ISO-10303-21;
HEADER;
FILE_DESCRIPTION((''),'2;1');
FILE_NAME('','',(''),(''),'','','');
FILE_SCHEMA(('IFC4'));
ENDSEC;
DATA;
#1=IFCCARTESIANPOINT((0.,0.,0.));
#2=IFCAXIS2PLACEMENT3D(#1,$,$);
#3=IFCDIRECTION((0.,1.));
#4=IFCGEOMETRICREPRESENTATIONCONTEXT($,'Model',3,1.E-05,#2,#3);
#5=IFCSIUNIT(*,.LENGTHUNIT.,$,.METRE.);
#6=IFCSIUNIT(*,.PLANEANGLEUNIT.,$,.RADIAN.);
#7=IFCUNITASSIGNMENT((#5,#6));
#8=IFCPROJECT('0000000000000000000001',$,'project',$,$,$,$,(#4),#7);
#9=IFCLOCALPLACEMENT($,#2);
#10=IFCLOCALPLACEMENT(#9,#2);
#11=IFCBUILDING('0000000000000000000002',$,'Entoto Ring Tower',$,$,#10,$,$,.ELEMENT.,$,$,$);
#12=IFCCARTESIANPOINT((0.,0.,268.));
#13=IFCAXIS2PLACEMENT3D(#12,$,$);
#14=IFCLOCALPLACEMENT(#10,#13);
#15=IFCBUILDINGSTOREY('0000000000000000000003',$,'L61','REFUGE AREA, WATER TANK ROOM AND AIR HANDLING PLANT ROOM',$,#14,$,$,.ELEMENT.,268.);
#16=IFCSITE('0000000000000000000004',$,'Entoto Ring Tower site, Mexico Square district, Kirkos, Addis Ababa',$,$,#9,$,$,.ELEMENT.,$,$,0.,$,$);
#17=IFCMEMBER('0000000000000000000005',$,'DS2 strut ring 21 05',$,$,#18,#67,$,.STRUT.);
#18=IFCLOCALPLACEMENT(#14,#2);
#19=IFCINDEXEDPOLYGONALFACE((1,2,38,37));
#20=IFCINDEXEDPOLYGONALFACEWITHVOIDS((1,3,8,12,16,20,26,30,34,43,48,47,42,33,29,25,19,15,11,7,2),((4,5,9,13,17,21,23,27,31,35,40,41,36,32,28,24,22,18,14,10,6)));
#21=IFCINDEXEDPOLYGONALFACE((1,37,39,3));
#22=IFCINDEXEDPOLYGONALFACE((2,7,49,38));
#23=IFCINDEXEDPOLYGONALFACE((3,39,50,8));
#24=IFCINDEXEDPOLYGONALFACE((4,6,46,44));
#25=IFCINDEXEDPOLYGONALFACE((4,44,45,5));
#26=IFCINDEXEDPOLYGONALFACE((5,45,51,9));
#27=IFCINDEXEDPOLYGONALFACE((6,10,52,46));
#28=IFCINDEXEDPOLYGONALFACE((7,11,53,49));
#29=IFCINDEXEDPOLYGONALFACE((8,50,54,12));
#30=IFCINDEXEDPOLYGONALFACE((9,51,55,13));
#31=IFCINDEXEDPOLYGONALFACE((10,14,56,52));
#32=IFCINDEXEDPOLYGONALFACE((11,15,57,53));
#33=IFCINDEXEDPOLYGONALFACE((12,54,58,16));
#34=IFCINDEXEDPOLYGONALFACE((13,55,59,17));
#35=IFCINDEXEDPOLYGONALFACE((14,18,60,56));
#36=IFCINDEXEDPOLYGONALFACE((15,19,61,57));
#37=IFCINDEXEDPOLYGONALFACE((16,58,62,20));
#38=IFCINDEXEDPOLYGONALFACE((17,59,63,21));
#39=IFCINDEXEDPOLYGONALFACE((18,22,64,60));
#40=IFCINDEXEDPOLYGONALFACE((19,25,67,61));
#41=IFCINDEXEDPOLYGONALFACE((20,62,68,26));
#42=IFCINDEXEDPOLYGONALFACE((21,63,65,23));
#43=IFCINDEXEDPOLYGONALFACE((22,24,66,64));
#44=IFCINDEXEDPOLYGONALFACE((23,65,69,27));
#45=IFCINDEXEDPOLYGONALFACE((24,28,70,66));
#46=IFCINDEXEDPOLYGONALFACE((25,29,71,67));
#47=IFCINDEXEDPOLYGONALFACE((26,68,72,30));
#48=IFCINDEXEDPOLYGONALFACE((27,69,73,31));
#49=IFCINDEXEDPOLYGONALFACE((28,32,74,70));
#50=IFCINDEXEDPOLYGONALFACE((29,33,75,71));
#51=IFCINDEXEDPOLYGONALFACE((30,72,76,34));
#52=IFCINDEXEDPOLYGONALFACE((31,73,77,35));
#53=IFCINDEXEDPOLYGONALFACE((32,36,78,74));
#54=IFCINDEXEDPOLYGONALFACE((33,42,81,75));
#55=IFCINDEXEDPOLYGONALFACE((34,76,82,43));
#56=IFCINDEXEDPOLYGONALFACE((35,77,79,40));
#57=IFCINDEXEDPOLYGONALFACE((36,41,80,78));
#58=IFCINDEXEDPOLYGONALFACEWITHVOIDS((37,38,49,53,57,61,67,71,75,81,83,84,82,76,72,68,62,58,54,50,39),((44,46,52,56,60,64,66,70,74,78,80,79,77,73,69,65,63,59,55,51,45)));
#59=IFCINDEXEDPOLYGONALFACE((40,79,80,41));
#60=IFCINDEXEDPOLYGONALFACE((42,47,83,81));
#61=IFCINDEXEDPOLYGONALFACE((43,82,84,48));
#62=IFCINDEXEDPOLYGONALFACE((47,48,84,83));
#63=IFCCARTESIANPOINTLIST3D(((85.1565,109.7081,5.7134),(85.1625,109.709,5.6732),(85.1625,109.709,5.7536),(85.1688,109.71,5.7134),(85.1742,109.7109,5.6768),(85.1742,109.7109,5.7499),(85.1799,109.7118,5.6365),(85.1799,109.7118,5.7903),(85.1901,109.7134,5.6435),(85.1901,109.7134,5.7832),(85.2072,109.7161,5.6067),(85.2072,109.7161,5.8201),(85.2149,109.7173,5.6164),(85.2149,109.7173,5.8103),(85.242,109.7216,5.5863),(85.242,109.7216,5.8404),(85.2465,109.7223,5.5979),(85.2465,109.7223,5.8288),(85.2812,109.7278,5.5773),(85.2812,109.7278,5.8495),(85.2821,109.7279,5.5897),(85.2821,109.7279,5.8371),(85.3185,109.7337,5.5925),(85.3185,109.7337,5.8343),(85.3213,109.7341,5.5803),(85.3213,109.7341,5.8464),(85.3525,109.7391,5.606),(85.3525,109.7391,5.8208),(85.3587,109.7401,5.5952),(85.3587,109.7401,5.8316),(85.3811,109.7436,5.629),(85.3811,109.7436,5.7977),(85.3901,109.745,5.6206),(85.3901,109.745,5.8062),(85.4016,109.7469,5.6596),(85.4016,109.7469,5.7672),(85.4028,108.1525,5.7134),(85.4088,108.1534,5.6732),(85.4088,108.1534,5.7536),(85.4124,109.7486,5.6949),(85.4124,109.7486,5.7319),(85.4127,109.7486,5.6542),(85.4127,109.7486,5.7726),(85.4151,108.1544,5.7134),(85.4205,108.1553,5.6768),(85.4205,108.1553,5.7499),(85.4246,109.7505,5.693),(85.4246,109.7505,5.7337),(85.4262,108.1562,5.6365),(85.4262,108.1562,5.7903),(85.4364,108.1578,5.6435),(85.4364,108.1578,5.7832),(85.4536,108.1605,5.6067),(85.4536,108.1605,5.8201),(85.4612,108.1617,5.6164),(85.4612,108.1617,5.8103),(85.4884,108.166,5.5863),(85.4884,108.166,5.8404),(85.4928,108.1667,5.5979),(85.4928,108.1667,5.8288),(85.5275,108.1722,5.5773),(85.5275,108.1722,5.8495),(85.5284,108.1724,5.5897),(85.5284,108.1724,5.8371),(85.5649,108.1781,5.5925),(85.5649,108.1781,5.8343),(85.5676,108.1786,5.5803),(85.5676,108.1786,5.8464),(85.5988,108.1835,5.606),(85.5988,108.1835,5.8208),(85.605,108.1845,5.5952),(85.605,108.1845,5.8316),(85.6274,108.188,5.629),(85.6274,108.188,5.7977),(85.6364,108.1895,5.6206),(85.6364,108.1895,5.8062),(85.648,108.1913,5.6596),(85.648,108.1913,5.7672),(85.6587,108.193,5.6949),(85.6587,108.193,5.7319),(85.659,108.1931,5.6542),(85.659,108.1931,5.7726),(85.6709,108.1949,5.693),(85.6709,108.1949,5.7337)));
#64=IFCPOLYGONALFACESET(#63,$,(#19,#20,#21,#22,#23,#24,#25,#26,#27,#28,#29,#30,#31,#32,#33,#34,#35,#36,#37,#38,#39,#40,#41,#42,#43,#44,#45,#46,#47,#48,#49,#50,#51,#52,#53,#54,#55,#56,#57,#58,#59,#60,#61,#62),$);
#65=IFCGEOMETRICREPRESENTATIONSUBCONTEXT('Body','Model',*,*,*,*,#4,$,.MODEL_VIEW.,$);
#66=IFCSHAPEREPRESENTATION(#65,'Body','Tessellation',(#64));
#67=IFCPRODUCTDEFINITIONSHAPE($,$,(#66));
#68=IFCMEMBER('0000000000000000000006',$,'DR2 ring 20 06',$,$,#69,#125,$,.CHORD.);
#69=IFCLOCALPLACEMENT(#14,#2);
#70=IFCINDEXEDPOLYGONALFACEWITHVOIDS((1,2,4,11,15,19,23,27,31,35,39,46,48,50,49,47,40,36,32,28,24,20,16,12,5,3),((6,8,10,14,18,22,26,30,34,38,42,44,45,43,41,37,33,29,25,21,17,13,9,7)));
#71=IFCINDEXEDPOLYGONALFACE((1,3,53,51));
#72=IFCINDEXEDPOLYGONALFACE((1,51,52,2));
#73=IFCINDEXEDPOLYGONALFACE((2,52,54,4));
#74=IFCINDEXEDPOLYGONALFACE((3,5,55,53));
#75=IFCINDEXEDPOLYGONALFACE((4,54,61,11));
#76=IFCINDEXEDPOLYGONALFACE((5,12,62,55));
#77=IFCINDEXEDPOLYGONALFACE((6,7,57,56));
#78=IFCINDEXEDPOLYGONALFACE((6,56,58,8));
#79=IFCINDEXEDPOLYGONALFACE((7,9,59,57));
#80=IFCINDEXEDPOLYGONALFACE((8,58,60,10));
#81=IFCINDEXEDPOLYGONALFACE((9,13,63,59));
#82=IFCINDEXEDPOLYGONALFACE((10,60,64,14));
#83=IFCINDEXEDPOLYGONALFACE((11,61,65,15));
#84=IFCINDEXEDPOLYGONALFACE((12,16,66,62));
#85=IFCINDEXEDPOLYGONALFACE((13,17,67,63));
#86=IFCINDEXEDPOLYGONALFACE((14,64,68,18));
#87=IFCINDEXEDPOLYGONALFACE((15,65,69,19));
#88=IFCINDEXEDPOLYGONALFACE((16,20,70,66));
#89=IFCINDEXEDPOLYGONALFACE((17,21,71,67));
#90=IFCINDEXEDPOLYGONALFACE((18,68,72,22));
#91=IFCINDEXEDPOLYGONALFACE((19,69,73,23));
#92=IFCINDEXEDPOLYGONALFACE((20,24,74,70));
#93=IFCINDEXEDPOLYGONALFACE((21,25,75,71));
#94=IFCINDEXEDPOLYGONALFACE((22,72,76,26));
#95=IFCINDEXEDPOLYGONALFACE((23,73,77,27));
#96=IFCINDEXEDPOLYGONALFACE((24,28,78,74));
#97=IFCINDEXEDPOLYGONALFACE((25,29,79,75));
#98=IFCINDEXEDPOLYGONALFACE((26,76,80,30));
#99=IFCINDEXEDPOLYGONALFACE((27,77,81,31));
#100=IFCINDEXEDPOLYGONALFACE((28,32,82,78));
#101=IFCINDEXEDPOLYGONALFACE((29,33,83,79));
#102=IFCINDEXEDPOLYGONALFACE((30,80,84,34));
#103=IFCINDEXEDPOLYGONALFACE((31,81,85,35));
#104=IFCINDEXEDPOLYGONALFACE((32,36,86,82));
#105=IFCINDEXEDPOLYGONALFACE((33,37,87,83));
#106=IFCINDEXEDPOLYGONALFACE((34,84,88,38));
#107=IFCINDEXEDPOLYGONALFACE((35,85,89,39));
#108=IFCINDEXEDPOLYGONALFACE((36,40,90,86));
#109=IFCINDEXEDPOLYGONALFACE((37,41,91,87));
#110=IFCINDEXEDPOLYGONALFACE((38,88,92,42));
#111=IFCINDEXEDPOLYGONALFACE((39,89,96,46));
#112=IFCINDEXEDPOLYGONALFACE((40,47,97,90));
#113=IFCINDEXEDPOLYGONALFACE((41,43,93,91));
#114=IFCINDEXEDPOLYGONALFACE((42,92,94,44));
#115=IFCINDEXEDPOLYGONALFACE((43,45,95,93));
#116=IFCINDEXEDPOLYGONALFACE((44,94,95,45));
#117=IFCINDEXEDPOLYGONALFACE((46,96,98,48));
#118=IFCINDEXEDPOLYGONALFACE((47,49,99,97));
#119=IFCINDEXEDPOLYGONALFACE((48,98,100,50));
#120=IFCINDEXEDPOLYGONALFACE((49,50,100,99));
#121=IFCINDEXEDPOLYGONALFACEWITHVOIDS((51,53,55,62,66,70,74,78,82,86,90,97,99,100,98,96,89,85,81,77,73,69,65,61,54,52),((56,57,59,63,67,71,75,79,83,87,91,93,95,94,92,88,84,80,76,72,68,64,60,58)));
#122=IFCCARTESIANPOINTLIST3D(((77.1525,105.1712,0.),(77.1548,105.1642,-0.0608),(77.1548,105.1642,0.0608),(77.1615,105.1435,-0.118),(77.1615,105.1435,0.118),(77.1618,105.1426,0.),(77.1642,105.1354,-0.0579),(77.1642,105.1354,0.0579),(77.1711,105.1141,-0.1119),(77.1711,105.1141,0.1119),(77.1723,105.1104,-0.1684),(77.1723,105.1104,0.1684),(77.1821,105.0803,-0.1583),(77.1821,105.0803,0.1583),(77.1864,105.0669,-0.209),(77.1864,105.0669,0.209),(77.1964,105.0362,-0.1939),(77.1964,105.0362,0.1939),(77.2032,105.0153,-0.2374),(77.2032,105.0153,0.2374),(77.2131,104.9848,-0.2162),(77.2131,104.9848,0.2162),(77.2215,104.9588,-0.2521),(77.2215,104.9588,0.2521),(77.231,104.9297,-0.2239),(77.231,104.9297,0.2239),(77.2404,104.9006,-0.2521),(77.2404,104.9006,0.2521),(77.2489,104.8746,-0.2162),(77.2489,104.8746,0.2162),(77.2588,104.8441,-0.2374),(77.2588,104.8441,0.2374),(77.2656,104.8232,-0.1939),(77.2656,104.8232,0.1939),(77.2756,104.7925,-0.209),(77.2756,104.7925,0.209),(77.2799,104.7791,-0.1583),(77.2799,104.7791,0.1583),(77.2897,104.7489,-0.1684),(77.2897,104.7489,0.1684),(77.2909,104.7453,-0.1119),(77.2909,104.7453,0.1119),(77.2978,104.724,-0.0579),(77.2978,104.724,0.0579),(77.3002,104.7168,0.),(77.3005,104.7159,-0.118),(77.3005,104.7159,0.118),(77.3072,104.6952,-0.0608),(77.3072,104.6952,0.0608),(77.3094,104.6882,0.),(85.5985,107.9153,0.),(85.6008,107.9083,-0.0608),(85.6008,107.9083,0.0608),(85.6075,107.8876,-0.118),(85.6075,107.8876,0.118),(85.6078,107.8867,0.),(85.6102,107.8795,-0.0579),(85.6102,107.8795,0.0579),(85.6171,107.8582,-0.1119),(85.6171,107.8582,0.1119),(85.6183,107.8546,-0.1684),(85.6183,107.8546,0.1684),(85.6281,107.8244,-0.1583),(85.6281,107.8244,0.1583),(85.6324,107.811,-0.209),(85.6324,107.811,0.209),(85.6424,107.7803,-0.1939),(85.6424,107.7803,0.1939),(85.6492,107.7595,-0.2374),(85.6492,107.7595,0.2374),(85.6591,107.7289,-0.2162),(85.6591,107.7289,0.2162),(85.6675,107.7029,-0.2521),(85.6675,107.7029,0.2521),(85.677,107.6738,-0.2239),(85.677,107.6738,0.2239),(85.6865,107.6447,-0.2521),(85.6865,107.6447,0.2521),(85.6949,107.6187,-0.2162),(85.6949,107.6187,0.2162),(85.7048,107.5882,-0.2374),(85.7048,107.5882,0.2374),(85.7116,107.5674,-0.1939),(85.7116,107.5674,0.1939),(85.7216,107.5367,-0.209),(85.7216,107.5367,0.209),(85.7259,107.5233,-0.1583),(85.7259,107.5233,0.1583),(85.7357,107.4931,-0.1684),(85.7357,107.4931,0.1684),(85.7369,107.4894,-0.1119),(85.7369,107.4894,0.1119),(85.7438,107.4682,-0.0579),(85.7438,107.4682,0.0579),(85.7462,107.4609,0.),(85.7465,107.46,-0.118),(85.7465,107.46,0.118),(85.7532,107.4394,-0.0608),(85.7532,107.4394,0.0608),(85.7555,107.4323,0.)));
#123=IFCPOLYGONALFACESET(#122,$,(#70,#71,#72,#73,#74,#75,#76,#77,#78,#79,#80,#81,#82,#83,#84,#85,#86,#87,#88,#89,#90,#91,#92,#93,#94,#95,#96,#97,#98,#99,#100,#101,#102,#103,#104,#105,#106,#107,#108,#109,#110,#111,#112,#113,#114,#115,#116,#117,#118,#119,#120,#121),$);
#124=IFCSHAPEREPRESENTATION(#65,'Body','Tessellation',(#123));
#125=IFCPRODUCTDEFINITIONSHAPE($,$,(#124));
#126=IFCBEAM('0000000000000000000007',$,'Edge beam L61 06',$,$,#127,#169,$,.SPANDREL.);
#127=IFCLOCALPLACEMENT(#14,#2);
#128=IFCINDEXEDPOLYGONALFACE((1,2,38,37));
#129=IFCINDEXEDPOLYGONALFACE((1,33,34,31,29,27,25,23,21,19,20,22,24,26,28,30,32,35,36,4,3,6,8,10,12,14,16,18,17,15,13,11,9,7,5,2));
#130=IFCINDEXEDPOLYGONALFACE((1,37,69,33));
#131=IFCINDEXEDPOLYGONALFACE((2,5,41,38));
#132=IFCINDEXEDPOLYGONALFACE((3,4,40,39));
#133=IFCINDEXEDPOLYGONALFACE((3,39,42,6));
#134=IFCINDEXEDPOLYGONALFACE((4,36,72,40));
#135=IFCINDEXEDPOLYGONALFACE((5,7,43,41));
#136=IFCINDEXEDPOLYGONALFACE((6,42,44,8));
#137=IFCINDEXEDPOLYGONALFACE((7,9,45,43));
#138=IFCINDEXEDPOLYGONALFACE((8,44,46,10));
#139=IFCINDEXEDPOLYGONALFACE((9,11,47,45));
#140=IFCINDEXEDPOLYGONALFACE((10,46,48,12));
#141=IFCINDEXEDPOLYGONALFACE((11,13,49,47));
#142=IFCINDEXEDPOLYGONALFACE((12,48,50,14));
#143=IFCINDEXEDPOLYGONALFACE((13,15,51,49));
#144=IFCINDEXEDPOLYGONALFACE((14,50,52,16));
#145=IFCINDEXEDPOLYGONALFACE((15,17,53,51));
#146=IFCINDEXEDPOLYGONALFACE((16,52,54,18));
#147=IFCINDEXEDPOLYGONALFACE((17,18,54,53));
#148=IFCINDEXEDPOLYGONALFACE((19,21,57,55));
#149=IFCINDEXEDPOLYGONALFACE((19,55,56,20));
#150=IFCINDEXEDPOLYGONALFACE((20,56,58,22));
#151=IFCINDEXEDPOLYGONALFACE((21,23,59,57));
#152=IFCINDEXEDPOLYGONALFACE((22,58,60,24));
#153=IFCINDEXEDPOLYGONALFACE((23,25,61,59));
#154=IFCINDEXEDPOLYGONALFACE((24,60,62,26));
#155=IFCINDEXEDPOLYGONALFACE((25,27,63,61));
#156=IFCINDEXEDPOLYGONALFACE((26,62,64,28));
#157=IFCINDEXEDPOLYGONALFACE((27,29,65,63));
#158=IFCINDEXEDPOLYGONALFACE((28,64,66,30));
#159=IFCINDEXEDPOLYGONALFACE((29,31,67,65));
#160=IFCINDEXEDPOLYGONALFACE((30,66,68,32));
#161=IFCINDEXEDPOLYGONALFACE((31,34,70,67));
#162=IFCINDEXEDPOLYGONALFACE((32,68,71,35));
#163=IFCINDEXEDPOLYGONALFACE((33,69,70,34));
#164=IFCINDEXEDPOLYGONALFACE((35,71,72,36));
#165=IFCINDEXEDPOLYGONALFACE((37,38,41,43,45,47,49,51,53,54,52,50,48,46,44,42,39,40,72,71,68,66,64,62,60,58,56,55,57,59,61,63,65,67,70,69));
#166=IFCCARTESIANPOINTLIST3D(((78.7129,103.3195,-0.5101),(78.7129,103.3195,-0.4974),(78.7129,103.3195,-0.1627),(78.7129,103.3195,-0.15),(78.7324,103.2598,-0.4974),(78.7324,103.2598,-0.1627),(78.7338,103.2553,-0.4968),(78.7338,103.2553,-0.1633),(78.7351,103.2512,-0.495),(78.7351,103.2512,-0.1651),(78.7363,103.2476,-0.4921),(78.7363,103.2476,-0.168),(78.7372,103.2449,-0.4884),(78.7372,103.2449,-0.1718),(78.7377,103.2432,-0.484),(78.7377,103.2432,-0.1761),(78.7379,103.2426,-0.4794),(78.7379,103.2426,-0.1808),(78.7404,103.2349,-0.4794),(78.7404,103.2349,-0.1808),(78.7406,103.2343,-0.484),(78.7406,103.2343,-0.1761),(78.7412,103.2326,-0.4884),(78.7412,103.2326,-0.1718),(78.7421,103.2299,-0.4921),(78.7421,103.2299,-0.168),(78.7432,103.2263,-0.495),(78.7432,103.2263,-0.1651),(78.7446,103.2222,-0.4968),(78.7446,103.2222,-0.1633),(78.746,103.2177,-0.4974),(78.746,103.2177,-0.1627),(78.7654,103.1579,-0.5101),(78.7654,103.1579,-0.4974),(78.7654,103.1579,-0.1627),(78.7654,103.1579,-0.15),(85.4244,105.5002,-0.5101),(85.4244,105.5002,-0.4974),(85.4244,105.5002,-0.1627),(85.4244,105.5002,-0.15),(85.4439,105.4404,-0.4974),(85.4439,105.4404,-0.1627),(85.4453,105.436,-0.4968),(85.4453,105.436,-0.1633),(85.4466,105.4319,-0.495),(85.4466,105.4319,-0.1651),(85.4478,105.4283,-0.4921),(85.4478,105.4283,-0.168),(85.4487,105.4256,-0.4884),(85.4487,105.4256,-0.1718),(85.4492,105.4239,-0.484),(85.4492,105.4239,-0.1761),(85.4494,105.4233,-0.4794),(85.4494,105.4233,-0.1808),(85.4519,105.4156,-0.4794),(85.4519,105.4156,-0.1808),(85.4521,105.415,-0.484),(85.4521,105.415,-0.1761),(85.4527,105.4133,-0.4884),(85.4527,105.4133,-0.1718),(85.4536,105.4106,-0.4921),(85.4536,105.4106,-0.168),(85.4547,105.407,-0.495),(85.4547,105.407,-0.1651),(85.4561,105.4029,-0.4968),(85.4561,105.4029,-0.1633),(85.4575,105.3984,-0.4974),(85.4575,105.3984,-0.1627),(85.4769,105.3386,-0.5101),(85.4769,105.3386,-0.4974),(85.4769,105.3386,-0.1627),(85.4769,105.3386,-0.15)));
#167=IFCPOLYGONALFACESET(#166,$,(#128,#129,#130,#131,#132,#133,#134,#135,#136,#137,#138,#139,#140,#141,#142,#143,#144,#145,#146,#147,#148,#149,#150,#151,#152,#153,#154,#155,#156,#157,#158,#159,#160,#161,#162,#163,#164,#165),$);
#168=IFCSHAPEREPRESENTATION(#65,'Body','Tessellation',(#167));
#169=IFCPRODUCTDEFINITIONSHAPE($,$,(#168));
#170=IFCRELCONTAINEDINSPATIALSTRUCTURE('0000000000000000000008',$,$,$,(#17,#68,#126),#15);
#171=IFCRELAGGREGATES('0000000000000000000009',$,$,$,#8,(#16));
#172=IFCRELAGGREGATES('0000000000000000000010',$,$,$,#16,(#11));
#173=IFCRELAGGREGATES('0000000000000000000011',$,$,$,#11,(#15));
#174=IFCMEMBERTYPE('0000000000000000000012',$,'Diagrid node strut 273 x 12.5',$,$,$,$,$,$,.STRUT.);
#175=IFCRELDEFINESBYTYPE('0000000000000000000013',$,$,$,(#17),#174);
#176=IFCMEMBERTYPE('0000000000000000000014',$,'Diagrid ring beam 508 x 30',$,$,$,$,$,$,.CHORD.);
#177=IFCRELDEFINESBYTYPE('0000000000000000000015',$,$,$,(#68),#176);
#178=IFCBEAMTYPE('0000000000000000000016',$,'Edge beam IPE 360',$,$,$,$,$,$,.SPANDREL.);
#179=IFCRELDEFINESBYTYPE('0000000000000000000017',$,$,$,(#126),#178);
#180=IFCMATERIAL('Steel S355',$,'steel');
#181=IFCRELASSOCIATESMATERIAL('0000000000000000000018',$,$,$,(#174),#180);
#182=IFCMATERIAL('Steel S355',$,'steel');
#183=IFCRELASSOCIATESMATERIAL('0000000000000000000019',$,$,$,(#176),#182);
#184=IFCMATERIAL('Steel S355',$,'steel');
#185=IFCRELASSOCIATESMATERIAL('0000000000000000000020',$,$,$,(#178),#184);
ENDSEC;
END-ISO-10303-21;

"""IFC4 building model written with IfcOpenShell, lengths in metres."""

from ifc_helpers import new_model, si_unit, direction, frame, origin, origin_2d, place, context, subcontext, project, spatial, circle, hollow_circle, i_section, extrude, material, material_profile, profile_set, type_object, element, save


model = new_model("IFC4")

# Units and contexts
model_context = context("Model", 3, precision=1e-05, world=origin(), true_north=direction((0.0, 1.0)))
body_context = subcontext(model_context, "Body", "Model", "MODEL_VIEW")
ifc_project = project(units=[si_unit("LENGTHUNIT", "METRE"), si_unit("PLANEANGLEUNIT", "RADIAN")], contexts=[model_context])

# Site, building, storey
site_placement = place(None, origin())
site = spatial("IfcSite", under=ifc_project, at=site_placement, Name="Entoto Ring Tower site, Mexico Square district, Kirkos, Addis Ababa", CompositionType="ELEMENT", RefElevation=0.0)
building_placement = place(site_placement, origin())
building = spatial("IfcBuilding", under=site, at=building_placement, Name="Entoto Ring Tower", CompositionType="ELEMENT")
storey_placement = place(building_placement, frame((0.0, 0.0, 268.0)))
storey = spatial("IfcBuildingStorey", under=building, at=storey_placement, Name="L61", Description="REFUGE AREA, WATER TANK ROOM AND AIR HANDLING PLANT ROOM", CompositionType="ELEMENT", Elevation=268.0)

# Members
ifc_material_1 = material(Name="Steel S355", Category="steel")
ifc_material_profile_1 = material_profile(ifc_material_1, hollow_circle(Radius=0.1365, WallThickness=0.0125, at=origin_2d()), Name="CHS 273 x 12.5")
ifc_material_2 = material(Name="Concrete C60/75", Category="concrete")
ifc_material_profile_2 = material_profile(ifc_material_2, circle(Radius=0.124, at=origin_2d()), Name="Concrete C60/75 infill")
ifc_profile_set_1 = profile_set([ifc_material_profile_1, ifc_material_profile_2], Name="Steel S355")
member_type_1 = type_object("IfcMemberType", Name="Diagrid node strut 273 x 12.5", PredefinedType="STRUT", material=ifc_profile_set_1)
member_1_placement = place(storey_placement, frame((85.5376, 108.1738, 5.7134), z_axis=(-0.1564, 0.987694, 0.0), x_axis=(-0.987694, -0.1564, 0.0)))
element("IfcMember", 1, at=member_1_placement, inside=storey, type_object=member_type_1, Name="DS2 strut ring 21 05", PredefinedType="STRUT", context=body_context, shape_type="SweptSolid", body=[
    extrude(hollow_circle(Radius=0.1365, WallThickness=0.0125, at=origin_2d()), origin(), (0.0, 0.0, 1.0), 1.575),
])
ifc_material_3 = material(Name="Steel S355", Category="steel")
ifc_material_profile_3 = material_profile(ifc_material_3, hollow_circle(Radius=0.2539, WallThickness=0.03, at=origin_2d()), Name="CHS 508 x 30")
ifc_material_4 = material(Name="Concrete C60/75", Category="concrete")
ifc_material_profile_4 = material_profile(ifc_material_4, circle(Radius=0.2241, at=origin_2d()), Name="Concrete C60/75 infill")
ifc_profile_set_2 = profile_set([ifc_material_profile_3, ifc_material_profile_4], Name="Steel S355")
member_type_2 = type_object("IfcMemberType", Name="Diagrid ring beam 508 x 30", PredefinedType="CHORD", material=ifc_profile_set_2)
member_2_placement = place(storey_placement, frame((85.677, 107.6738, 0.0), z_axis=(-0.951061, -0.309002, 0.0), x_axis=(0.309002, -0.951061, 0.0)))
element("IfcMember", 2, at=member_2_placement, inside=storey, type_object=member_type_2, Name="DR2 ring 20 06", PredefinedType="CHORD", context=body_context, shape_type="SweptSolid", body=[
    extrude(hollow_circle(Radius=0.2539, WallThickness=0.03, at=origin_2d()), origin(), (0.0, 0.0, 1.0), 8.8806),
])

# Beam
ifc_material_5 = material(Name="Steel S355", Category="steel")
ifc_material_profile_5 = material_profile(ifc_material_5, i_section(OverallWidth=0.1699, OverallDepth=0.3601, WebThickness=0.0081, FlangeThickness=0.0127, FilletRadius=0.0181, at=origin_2d()), Name="IPE 360")
ifc_profile_set_3 = profile_set([ifc_material_profile_5], Name="Steel S355")
beam_type_1 = type_object("IfcBeamType", Name="Edge beam IPE 360", PredefinedType="SPANDREL", material=ifc_profile_set_3)
for number, where, z_axis, x_axis, name in (
    (3, (85.4507, 105.4194, -0.3301), (-0.951057, -0.309016, 0.0), (0.309016, -0.951057, 0.0), "Edge beam L61 06"),
):
    element("IfcBeam", number, at=place(storey_placement, frame(where, z_axis=z_axis, x_axis=x_axis)), inside=storey, type_object=beam_type_1, Name=name, PredefinedType="SPANDREL", context=body_context, shape_type="SweptSolid", body=[
        extrude(i_section(OverallWidth=0.1699, OverallDepth=0.3601, WebThickness=0.0081, FlangeThickness=0.0127, FilletRadius=0.0181, at=origin_2d()), origin(), (0.0, 0.0, 1.0), 7.0569),
    ])

save(model, "model.ifc")
